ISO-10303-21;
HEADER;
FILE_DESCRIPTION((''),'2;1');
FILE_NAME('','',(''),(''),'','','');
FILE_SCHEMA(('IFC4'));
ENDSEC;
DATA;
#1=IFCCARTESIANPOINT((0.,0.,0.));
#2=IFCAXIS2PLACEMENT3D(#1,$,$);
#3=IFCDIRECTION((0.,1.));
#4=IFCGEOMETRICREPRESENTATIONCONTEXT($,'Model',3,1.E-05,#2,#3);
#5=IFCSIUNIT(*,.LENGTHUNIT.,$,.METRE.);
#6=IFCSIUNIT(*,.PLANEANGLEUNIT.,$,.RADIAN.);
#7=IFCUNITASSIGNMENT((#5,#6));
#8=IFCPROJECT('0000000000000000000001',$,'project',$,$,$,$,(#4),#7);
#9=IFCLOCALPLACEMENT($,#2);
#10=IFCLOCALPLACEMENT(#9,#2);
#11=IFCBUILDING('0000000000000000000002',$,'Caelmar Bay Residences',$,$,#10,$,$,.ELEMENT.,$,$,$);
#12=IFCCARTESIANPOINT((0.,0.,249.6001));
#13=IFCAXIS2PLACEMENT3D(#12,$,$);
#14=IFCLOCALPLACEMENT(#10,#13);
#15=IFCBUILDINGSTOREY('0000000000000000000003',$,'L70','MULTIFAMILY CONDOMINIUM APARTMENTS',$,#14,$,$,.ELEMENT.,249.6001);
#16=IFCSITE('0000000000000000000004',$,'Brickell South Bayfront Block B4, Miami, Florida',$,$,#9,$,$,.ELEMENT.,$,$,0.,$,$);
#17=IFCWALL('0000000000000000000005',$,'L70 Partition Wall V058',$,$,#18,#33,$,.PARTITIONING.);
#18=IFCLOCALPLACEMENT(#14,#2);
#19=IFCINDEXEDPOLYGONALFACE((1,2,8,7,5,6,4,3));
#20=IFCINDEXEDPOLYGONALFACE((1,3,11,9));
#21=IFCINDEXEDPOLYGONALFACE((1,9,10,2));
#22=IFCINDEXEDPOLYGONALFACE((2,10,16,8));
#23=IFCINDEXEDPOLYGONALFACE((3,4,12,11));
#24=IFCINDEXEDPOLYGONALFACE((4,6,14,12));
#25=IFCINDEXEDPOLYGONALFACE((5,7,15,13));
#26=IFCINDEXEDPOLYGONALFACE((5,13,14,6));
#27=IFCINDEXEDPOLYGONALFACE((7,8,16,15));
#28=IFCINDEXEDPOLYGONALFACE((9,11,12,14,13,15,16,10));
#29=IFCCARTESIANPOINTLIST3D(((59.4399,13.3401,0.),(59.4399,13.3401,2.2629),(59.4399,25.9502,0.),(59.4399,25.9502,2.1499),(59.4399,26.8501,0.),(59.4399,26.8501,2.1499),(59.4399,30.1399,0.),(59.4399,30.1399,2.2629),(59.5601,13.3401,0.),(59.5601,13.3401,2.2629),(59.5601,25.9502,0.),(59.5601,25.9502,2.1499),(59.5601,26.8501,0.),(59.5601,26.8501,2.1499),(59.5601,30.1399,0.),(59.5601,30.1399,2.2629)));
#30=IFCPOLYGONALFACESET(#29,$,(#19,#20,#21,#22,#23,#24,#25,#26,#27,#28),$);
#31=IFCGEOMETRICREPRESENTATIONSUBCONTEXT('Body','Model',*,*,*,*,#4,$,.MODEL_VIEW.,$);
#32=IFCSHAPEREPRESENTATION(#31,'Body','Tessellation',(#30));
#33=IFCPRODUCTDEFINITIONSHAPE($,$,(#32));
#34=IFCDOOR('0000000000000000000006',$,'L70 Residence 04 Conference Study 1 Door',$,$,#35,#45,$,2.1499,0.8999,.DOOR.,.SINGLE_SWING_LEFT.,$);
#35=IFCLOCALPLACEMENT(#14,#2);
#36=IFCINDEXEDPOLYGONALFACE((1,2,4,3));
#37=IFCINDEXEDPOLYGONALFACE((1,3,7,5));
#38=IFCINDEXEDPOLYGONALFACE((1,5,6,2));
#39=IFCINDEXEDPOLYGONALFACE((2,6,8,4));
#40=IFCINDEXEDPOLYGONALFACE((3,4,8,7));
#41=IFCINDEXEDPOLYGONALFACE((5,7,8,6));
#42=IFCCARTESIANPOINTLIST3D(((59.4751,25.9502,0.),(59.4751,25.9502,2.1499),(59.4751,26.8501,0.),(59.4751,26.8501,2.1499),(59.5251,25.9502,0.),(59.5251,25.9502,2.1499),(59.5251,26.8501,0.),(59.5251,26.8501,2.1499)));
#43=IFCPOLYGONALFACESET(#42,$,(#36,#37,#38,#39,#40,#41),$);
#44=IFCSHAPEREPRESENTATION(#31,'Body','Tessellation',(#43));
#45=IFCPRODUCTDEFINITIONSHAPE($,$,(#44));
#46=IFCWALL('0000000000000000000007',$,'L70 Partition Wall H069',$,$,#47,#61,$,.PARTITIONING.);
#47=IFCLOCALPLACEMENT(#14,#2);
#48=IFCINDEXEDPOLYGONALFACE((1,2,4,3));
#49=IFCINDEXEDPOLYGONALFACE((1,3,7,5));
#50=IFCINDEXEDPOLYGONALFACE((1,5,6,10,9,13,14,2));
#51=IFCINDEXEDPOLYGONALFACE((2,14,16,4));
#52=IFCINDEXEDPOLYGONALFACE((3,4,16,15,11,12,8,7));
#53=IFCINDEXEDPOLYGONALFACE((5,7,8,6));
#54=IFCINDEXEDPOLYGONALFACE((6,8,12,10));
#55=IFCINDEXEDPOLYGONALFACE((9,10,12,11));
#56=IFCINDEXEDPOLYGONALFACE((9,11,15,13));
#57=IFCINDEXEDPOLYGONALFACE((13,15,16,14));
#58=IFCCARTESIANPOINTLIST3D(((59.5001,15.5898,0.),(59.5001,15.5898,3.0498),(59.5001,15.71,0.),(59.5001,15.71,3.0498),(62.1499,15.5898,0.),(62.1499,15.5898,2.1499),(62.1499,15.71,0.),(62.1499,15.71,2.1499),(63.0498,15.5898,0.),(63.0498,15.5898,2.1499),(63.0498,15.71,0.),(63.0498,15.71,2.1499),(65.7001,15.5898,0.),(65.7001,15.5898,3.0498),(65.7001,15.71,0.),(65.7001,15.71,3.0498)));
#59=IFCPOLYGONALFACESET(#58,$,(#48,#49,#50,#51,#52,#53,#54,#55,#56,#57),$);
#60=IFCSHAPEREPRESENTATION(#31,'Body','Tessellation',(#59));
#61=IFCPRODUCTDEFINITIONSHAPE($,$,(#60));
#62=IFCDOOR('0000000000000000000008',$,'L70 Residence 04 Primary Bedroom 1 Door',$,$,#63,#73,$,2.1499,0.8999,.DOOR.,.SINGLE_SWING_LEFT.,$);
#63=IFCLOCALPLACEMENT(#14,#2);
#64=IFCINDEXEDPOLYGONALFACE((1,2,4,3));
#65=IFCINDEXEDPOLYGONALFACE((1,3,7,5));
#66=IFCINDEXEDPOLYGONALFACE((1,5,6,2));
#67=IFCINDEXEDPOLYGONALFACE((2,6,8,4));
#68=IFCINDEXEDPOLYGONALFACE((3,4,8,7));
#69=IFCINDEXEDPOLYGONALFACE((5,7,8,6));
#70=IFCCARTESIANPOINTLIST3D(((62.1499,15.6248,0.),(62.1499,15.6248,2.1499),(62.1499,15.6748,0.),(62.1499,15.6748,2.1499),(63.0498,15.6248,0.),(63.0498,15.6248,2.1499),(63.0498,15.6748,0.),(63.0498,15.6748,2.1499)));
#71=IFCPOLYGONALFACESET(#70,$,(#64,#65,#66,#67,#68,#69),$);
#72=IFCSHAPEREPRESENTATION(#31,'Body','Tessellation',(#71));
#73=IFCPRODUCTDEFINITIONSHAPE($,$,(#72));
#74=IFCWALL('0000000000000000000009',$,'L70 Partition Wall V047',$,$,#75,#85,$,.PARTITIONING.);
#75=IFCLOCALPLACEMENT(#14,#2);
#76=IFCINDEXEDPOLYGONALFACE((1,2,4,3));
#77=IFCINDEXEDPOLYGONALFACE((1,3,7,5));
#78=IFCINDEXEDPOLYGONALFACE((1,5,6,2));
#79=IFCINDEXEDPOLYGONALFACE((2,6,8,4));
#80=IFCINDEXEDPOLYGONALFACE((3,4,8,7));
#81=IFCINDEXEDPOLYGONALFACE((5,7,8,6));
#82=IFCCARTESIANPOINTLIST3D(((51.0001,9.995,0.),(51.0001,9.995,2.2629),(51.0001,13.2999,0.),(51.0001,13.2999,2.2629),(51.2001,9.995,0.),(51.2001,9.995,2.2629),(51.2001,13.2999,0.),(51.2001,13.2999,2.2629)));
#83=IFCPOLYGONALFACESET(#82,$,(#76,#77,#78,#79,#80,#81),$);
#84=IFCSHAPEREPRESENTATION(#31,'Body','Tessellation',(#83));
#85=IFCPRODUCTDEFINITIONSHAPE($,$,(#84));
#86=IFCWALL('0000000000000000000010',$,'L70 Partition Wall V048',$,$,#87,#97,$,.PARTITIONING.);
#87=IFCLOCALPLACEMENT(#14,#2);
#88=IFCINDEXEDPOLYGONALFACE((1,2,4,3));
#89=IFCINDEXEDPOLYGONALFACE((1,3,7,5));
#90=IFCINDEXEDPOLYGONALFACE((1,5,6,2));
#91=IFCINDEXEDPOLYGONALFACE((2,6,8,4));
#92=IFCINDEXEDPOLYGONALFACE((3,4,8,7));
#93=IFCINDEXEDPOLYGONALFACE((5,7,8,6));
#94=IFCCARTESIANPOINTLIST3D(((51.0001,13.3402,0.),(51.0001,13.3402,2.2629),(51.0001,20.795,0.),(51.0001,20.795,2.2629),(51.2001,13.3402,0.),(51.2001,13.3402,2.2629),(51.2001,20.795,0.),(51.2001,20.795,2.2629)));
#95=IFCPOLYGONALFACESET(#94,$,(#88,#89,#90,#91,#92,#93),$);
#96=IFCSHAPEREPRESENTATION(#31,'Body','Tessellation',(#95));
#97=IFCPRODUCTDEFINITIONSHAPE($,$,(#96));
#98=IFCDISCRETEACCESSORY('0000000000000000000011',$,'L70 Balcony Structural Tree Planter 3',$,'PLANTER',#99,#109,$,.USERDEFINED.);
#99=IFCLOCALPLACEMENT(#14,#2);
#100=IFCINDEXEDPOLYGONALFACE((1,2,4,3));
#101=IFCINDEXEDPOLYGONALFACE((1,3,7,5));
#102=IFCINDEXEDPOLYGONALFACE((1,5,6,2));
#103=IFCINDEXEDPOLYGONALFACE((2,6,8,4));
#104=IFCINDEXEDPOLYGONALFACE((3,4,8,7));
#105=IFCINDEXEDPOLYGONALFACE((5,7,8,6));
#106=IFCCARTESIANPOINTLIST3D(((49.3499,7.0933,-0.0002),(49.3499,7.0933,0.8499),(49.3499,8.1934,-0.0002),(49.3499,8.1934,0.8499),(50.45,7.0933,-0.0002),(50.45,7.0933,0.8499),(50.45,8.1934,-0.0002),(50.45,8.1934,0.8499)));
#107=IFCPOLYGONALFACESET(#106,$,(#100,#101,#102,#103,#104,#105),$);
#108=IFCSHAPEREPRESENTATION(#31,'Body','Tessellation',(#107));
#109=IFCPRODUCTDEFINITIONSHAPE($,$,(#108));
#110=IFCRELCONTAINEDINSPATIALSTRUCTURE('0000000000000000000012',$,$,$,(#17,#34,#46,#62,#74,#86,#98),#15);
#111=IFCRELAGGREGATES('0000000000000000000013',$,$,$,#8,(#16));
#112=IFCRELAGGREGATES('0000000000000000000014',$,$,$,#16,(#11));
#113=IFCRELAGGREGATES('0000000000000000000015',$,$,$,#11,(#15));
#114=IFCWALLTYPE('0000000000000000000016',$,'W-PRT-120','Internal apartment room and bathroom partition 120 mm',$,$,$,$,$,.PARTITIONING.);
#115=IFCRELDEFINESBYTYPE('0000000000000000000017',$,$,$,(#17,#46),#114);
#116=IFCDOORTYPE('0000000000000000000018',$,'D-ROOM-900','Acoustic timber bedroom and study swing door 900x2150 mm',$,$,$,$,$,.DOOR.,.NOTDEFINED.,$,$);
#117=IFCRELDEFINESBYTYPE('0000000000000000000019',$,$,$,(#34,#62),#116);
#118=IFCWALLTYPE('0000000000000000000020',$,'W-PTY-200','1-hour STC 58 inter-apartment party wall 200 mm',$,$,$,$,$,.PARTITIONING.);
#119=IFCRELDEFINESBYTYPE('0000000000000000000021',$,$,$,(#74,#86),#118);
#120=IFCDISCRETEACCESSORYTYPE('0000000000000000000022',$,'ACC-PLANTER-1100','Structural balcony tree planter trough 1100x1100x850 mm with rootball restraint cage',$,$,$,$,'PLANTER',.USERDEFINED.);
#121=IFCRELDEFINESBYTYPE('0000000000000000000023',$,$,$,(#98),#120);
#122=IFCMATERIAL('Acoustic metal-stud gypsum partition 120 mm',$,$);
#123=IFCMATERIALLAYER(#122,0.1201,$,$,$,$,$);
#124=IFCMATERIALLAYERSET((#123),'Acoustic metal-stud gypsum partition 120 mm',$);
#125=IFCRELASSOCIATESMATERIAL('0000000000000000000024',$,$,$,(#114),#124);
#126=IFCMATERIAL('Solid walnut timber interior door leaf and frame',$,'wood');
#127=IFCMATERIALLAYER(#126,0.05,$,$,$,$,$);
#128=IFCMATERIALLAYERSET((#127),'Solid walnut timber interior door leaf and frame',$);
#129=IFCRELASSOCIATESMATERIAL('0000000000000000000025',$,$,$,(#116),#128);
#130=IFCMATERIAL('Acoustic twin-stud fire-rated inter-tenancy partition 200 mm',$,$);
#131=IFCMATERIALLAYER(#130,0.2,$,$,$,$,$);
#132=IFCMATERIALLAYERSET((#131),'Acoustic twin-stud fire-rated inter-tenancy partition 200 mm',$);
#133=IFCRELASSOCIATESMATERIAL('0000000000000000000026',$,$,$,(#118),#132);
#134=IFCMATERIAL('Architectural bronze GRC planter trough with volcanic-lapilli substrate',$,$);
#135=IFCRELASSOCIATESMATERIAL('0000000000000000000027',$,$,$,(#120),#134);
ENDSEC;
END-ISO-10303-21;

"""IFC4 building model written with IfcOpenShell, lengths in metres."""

from ifc_helpers import new_model, si_unit, direction, frame, frame_2d, origin, origin_2d, place, context, subcontext, project, spatial, rectangle, extrude, material, layer, layer_set, type_object, element, fill, save


model = new_model("IFC4")

# Units and contexts
model_context = context("Model", 3, precision=1e-05, world=origin(), true_north=direction((0.0, 1.0)))
body_context = subcontext(model_context, "Body", "Model", "MODEL_VIEW")
ifc_project = project(units=[si_unit("LENGTHUNIT", "METRE"), si_unit("PLANEANGLEUNIT", "RADIAN")], contexts=[model_context])

# Site, building, storey
site_placement = place(None, origin())
site = spatial("IfcSite", under=ifc_project, at=site_placement, Name="Brickell South Bayfront Block B4, Miami, Florida", CompositionType="ELEMENT", RefElevation=0.0)
building_placement = place(site_placement, origin())
building = spatial("IfcBuilding", under=site, at=building_placement, Name="Caelmar Bay Residences", CompositionType="ELEMENT")
storey_placement = place(building_placement, frame((0.0, 0.0, 249.6001)))
storey = spatial("IfcBuildingStorey", under=building, at=storey_placement, Name="L70", Description="MULTIFAMILY CONDOMINIUM APARTMENTS", CompositionType="ELEMENT", Elevation=249.6001)

# Shared definitions
ifc_material_1 = material(Name="Acoustic metal-stud gypsum partition 120 mm")
ifc_layer_1 = layer(ifc_material_1, 0.1201)
ifc_layer_set_1 = layer_set([ifc_layer_1], Name="Acoustic metal-stud gypsum partition 120 mm")
wall_type_1 = type_object("IfcWallType", Name="W-PRT-120", Description="Internal apartment room and bathroom partition 120 mm", PredefinedType="PARTITIONING", material=ifc_layer_set_1)

# Walls, openings, doors
wall_1_placement = place(storey_placement, frame((59.5, 13.3401, 0.0), z_axis=(0.0, 0.0, 1.0), x_axis=(0.0, 1.0, 0.0)))
wall_1 = element("IfcWall", 1, at=wall_1_placement, inside=storey, type_object=wall_type_1, Name="L70 Partition Wall V058", PredefinedType="PARTITIONING", context=body_context, shape_type="SweptSolid", body=[
    extrude(rectangle(XDim=16.7998, YDim=0.1201, at=frame_2d((8.3999, 0.0))), origin(), (0.0, 0.0, 1.0), 2.2629),
])
opening_1_placement = place(wall_1_placement, frame((12.6101, 0.0, 0.0)))
opening_1 = element("IfcOpeningElement", 2, at=opening_1_placement, cuts=wall_1, PredefinedType="OPENING", context=body_context, shape_type="SweptSolid", body=[
    extrude(rectangle(XDim=0.8999, YDim=2.1499, at=frame_2d((0.45, 1.075))), frame((0.0, 0.0701, 0.0), z_axis=(0.0, -1.0, 0.0), x_axis=(1.0, 0.0, 0.0)), (0.0, 0.0, 1.0), 0.1401),
])
ifc_material_2 = material(Name="Solid walnut timber interior door leaf and frame", Category="wood")
ifc_layer_2 = layer(ifc_material_2, 0.05)
ifc_layer_set_2 = layer_set([ifc_layer_2], Name="Solid walnut timber interior door leaf and frame")
door_type = type_object("IfcDoorType", Name="D-ROOM-900", Description="Acoustic timber bedroom and study swing door 900x2150 mm", OperationType="NOTDEFINED", PredefinedType="DOOR", material=ifc_layer_set_2)
door_1_placement = place(opening_1_placement, origin())
door_1 = element("IfcDoor", 3, at=door_1_placement, inside=storey, type_object=door_type, Name="L70 Residence 04 Conference Study 1 Door", OperationType="SINGLE_SWING_LEFT", OverallHeight=2.1499, OverallWidth=0.8999, PredefinedType="DOOR", context=body_context, shape_type="SweptSolid", body=[
    extrude(rectangle(XDim=0.8999, YDim=2.1499, at=frame_2d((0.45, 1.075))), frame((0.0, 0.0249, 0.0), z_axis=(0.0, -1.0, 0.0), x_axis=(1.0, 0.0, 0.0)), (0.0, 0.0, 1.0), 0.05),
])
fill(opening_1, door_1)
wall_2_placement = place(storey_placement, frame((59.5, 15.6499, 0.0), z_axis=(0.0, 0.0, 1.0), x_axis=(1.0, 0.0, 0.0)))
wall_2 = element("IfcWall", 4, at=wall_2_placement, inside=storey, type_object=wall_type_1, Name="L70 Partition Wall H069", PredefinedType="PARTITIONING", context=body_context, shape_type="SweptSolid", body=[
    extrude(rectangle(XDim=6.2, YDim=0.1201, at=frame_2d((3.1001, 0.0))), origin(), (0.0, 0.0, 1.0), 3.0498),
])
opening_2_placement = place(wall_2_placement, frame((2.6499, 0.0, 0.0)))
opening_2 = element("IfcOpeningElement", 5, at=opening_2_placement, cuts=wall_2, PredefinedType="OPENING", context=body_context, shape_type="SweptSolid", body=[
    extrude(rectangle(XDim=0.8999, YDim=2.1499, at=frame_2d((0.45, 1.075))), frame((0.0, 0.0701, 0.0), z_axis=(0.0, -1.0, 0.0), x_axis=(1.0, 0.0, 0.0)), (0.0, 0.0, 1.0), 0.1401),
])
door_2_placement = place(opening_2_placement, origin())
door_2 = element("IfcDoor", 6, at=door_2_placement, inside=storey, type_object=door_type, Name="L70 Residence 04 Primary Bedroom 1 Door", OperationType="SINGLE_SWING_LEFT", OverallHeight=2.1499, OverallWidth=0.8999, PredefinedType="DOOR", context=body_context, shape_type="SweptSolid", body=[
    extrude(rectangle(XDim=0.8999, YDim=2.1499, at=frame_2d((0.45, 1.075))), frame((0.0, 0.0249, 0.0), z_axis=(0.0, -1.0, 0.0), x_axis=(1.0, 0.0, 0.0)), (0.0, 0.0, 1.0), 0.05),
])
fill(opening_2, door_2)

# Walls
ifc_material_3 = material(Name="Acoustic twin-stud fire-rated inter-tenancy partition 200 mm")
ifc_layer_3 = layer(ifc_material_3, 0.2)
ifc_layer_set_3 = layer_set([ifc_layer_3], Name="Acoustic twin-stud fire-rated inter-tenancy partition 200 mm")
wall_type_2 = type_object("IfcWallType", Name="W-PTY-200", Description="1-hour STC 58 inter-apartment party wall 200 mm", PredefinedType="PARTITIONING", material=ifc_layer_set_3)
wall_3_placement = place(storey_placement, frame((51.1001, 9.9951, 0.0), z_axis=(0.0, 0.0, 1.0), x_axis=(0.0, 1.0, 0.0)))
element("IfcWall", 7, at=wall_3_placement, inside=storey, type_object=wall_type_2, Name="L70 Partition Wall V047", PredefinedType="PARTITIONING", context=body_context, shape_type="SweptSolid", body=[
    extrude(rectangle(XDim=3.3049, YDim=0.2, at=frame_2d((1.6523, 0.0))), origin(), (0.0, 0.0, 1.0), 2.2629),
])
wall_4_placement = place(storey_placement, frame((51.1001, 13.3401, 0.0), z_axis=(0.0, 0.0, 1.0), x_axis=(0.0, 1.0, 0.0)))
element("IfcWall", 8, at=wall_4_placement, inside=storey, type_object=wall_type_2, Name="L70 Partition Wall V048", PredefinedType="PARTITIONING", context=body_context, shape_type="SweptSolid", body=[
    extrude(rectangle(XDim=7.4548, YDim=0.2, at=frame_2d((3.7275, 0.0))), origin(), (0.0, 0.0, 1.0), 2.2629),
])

# Discrete accessory
ifc_material_4 = material(Name="Architectural bronze GRC planter trough with volcanic-lapilli substrate")
discrete_accessory_type = type_object("IfcDiscreteAccessoryType", Name="ACC-PLANTER-1100", Description="Structural balcony tree planter trough 1100x1100x850 mm with rootball restraint cage", ElementType="PLANTER", PredefinedType="USERDEFINED", material=ifc_material_4)
discrete_accessory_placement = place(storey_placement, frame((49.8999, 7.6433, -0.0002), z_axis=(0.0, 0.0, 1.0), x_axis=(1.0, 0.0, 0.0)))
element("IfcDiscreteAccessory", 9, at=discrete_accessory_placement, inside=storey, type_object=discrete_accessory_type, Name="L70 Balcony Structural Tree Planter 3", ObjectType="PLANTER", PredefinedType="USERDEFINED", context=body_context, shape_type="SweptSolid", body=[
    extrude(rectangle(XDim=1.1001, YDim=1.1001, at=origin_2d()), origin(), (0.0, 0.0, 1.0), 0.8501),
])

save(model, "model.ifc")
